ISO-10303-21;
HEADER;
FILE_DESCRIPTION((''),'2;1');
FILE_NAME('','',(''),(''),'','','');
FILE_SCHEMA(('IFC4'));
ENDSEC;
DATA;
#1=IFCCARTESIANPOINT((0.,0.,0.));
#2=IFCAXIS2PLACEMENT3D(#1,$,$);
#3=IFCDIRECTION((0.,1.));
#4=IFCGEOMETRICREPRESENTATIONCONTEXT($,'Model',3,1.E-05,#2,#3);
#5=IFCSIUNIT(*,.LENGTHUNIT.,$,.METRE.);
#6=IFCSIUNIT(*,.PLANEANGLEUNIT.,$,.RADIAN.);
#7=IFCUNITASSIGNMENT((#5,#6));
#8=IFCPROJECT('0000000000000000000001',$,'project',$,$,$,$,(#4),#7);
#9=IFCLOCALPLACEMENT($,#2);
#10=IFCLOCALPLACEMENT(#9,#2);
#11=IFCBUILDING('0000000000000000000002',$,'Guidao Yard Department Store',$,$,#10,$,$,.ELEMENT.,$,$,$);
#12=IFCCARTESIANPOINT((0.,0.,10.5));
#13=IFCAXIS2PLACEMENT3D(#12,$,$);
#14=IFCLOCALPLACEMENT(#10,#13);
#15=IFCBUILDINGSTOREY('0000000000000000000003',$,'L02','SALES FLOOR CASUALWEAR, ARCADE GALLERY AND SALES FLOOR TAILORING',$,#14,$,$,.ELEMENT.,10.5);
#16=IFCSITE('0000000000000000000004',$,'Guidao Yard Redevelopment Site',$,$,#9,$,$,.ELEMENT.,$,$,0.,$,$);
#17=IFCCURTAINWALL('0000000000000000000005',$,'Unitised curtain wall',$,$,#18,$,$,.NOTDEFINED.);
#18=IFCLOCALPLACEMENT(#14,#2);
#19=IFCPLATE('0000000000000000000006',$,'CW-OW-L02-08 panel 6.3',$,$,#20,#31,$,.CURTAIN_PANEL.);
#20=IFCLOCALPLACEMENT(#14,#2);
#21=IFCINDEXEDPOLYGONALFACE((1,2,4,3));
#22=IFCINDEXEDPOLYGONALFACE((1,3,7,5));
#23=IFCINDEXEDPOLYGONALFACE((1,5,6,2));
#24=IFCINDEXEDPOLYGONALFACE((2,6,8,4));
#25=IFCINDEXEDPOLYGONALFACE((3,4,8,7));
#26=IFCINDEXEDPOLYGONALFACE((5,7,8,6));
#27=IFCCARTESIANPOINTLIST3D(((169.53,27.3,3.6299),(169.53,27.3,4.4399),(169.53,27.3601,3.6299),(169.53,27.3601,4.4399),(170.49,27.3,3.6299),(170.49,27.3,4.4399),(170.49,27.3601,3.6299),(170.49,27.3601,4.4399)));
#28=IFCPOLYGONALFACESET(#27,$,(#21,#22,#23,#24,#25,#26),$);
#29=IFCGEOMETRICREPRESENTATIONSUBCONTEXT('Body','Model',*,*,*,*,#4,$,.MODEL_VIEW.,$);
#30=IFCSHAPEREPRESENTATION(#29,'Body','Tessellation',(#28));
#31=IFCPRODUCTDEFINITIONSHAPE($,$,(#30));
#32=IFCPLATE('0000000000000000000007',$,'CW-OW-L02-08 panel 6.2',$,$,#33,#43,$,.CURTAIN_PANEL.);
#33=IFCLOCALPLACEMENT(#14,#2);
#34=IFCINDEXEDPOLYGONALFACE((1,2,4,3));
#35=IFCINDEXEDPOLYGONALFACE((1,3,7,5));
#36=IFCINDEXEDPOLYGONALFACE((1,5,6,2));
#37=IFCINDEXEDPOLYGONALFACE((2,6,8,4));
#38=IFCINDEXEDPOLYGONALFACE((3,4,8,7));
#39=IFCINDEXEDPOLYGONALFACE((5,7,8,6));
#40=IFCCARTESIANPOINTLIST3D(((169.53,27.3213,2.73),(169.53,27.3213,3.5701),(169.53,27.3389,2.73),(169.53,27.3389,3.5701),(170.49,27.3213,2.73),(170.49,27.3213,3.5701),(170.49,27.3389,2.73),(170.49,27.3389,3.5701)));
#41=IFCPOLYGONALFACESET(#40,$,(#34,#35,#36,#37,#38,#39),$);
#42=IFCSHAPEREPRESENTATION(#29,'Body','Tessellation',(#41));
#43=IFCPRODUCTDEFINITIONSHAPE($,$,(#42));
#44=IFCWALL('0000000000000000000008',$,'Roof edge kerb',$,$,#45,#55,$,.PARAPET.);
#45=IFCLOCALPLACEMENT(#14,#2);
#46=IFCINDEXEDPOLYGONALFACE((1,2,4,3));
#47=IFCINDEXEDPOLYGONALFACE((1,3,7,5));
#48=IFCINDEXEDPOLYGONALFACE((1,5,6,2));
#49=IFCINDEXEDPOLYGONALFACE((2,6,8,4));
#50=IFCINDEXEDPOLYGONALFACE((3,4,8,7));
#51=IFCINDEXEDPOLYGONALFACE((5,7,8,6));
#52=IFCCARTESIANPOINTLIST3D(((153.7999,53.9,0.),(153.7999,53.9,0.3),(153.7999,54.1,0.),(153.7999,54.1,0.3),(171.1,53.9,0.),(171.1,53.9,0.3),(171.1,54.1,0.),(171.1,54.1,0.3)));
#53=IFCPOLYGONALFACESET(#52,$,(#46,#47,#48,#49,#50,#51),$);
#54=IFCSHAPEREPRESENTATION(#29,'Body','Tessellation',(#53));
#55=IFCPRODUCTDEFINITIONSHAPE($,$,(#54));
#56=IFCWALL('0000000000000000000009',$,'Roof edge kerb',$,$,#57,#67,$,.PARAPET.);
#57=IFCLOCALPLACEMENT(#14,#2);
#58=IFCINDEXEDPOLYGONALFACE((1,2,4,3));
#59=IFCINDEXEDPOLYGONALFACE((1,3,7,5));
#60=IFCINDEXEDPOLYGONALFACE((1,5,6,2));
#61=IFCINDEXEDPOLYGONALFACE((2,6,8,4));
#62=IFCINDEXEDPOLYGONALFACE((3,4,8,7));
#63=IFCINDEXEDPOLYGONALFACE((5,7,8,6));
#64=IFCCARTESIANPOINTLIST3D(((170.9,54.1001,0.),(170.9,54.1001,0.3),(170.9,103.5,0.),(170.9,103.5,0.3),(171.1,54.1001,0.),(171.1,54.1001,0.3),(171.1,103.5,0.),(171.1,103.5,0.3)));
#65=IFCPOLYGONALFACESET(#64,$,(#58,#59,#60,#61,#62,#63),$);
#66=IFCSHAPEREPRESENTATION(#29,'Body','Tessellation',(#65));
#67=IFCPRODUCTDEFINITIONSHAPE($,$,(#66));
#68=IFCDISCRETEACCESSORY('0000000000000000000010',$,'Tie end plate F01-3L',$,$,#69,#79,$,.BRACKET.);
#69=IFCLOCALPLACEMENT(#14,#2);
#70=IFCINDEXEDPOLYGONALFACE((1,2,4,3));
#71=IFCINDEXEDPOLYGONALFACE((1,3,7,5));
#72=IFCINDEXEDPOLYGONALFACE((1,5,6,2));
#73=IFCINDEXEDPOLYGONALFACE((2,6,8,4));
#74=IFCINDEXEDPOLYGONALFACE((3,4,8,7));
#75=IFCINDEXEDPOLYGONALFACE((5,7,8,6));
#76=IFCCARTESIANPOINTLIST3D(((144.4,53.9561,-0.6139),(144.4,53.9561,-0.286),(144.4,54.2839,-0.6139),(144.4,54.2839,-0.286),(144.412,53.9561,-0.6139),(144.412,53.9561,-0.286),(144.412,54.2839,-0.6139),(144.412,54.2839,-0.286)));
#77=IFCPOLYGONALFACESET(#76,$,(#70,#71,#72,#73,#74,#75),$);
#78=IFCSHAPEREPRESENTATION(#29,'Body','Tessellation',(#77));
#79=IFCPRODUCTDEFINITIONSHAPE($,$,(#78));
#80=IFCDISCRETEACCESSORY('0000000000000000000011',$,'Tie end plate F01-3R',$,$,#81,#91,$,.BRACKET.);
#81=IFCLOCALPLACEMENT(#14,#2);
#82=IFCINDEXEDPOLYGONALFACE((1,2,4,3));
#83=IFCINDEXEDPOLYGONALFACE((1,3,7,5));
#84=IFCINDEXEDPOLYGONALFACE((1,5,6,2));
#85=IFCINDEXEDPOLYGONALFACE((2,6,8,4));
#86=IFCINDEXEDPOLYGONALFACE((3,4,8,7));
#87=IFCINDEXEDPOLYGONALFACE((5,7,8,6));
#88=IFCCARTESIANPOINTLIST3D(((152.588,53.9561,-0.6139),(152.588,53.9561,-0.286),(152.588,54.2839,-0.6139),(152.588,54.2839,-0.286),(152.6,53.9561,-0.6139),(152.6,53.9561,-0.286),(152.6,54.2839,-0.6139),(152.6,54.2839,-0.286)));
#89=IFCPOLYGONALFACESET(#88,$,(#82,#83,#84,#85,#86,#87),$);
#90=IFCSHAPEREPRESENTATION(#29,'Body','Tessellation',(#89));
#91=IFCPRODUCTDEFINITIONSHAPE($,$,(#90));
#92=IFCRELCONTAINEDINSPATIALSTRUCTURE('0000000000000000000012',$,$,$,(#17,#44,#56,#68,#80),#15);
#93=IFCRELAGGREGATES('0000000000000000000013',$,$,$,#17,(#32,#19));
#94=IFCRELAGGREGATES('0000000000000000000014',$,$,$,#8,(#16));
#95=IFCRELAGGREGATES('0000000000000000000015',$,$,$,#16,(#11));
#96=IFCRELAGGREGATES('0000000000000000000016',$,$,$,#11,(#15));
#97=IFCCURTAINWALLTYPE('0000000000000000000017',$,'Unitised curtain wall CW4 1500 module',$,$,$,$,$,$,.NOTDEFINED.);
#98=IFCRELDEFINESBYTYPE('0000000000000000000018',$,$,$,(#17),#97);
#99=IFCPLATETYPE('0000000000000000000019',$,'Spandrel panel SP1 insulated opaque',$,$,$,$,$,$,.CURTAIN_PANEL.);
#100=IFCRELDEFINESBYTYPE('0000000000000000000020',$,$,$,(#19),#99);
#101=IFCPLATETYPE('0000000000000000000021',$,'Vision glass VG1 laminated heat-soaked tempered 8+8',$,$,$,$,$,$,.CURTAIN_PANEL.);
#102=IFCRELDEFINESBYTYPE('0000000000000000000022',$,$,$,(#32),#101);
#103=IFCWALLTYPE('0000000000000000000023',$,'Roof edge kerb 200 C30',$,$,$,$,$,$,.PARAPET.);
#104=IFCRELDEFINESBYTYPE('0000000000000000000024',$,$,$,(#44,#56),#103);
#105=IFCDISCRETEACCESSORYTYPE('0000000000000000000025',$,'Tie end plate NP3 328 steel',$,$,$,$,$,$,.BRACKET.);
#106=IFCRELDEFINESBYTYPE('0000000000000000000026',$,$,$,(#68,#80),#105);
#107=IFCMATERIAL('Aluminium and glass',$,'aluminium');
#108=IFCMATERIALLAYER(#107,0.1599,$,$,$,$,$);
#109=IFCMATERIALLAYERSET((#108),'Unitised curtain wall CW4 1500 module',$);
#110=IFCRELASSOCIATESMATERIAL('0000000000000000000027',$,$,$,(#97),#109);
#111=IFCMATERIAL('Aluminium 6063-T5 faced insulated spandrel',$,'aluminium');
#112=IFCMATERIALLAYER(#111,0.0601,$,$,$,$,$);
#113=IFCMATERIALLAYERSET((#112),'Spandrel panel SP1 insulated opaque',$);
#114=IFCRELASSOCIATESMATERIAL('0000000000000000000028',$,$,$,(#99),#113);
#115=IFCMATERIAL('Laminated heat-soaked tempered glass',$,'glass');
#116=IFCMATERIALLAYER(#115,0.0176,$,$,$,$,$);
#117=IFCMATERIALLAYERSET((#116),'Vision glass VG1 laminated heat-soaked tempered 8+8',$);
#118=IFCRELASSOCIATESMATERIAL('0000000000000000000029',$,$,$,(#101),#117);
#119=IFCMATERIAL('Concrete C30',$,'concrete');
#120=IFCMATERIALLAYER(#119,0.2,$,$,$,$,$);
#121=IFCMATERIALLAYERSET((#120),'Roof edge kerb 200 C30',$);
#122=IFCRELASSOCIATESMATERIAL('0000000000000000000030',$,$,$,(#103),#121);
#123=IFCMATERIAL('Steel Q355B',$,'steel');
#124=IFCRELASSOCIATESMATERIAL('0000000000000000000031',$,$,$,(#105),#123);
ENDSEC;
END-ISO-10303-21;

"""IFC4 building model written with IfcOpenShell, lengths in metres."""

from ifc_helpers import new_model, si_unit, direction, frame, frame_2d, origin, origin_2d, place, context, subcontext, project, spatial, rectangle, extrude, material, layer, layer_set, material_profile, profile_set, type_object, element, aggregate, save


model = new_model("IFC4")

# Units and contexts
model_context = context("Model", 3, precision=1e-05, world=origin(), true_north=direction((0.0, 1.0)))
body_context = subcontext(model_context, "Body", "Model", "MODEL_VIEW")
ifc_project = project(units=[si_unit("LENGTHUNIT", "METRE"), si_unit("PLANEANGLEUNIT", "RADIAN")], contexts=[model_context])

# Site, building, storey
site_placement = place(None, origin())
site = spatial("IfcSite", under=ifc_project, at=site_placement, Name="Guidao Yard Redevelopment Site", CompositionType="ELEMENT", RefElevation=0.0)
building_placement = place(site_placement, origin())
building = spatial("IfcBuilding", under=site, at=building_placement, Name="Guidao Yard Department Store", CompositionType="ELEMENT")
storey_placement = place(building_placement, frame((0.0, 0.0, 10.5)))
storey = spatial("IfcBuildingStorey", under=building, at=storey_placement, Name="L02", Description="SALES FLOOR CASUALWEAR, ARCADE GALLERY AND SALES FLOOR TAILORING", CompositionType="ELEMENT", Elevation=10.5)

# Curtain wall
ifc_material_1 = material(Name="Aluminium and glass", Category="aluminium")
ifc_layer_1 = layer(ifc_material_1, 0.1599)
ifc_layer_set_1 = layer_set([ifc_layer_1], Name="Unitised curtain wall CW4 1500 module")
curtain_wall_type_1 = type_object("IfcCurtainWallType", Name="Unitised curtain wall CW4 1500 module", PredefinedType="NOTDEFINED", material=ifc_layer_set_1)
curtain_wall_1_placement = place(storey_placement, origin())
curtain_wall_1 = element("IfcCurtainWall", 1, at=curtain_wall_1_placement, inside=storey, type_object=curtain_wall_type_1, Name="Unitised curtain wall", PredefinedType="NOTDEFINED")

# Plates
ifc_material_2 = material(Name="Aluminium 6063-T5 faced insulated spandrel", Category="aluminium")
ifc_layer_2 = layer(ifc_material_2, 0.0601)
ifc_layer_set_2 = layer_set([ifc_layer_2], Name="Spandrel panel SP1 insulated opaque")
plate_type_1 = type_object("IfcPlateType", Name="Spandrel panel SP1 insulated opaque", PredefinedType="CURTAIN_PANEL", material=ifc_layer_set_2)
plate_1_placement = place(storey_placement, frame((170.01, 27.3301, 3.6299), z_axis=(0.0, 0.0, 1.0), x_axis=(1.0, 0.0, 0.0)))
plate_1 = element("IfcPlate", 2, at=plate_1_placement, type_object=plate_type_1, Name="CW-OW-L02-08 panel 6.3", PredefinedType="CURTAIN_PANEL", context=body_context, shape_type="SweptSolid", body=[
    extrude(rectangle(XDim=0.96, YDim=0.0601, at=origin_2d()), origin(), (0.0, 0.0, 1.0), 0.8101),
])
ifc_material_3 = material(Name="Laminated heat-soaked tempered glass", Category="glass")
ifc_layer_3 = layer(ifc_material_3, 0.0176)
ifc_layer_set_3 = layer_set([ifc_layer_3], Name="Vision glass VG1 laminated heat-soaked tempered 8+8")
plate_type_2 = type_object("IfcPlateType", Name="Vision glass VG1 laminated heat-soaked tempered 8+8", PredefinedType="CURTAIN_PANEL", material=ifc_layer_set_3)
plate_2_placement = place(storey_placement, frame((170.01, 27.3301, 2.73), z_axis=(0.0, 0.0, 1.0), x_axis=(1.0, 0.0, 0.0)))
plate_2 = element("IfcPlate", 3, at=plate_2_placement, type_object=plate_type_2, Name="CW-OW-L02-08 panel 6.2", PredefinedType="CURTAIN_PANEL", context=body_context, shape_type="SweptSolid", body=[
    extrude(rectangle(XDim=0.96, YDim=0.0176, at=origin_2d()), origin(), (0.0, 0.0, 1.0), 0.8401),
])
aggregate(curtain_wall_1, [plate_2, plate_1])

# Walls
ifc_material_4 = material(Name="Concrete C30", Category="concrete")
ifc_layer_4 = layer(ifc_material_4, 0.2)
ifc_layer_set_4 = layer_set([ifc_layer_4], Name="Roof edge kerb 200 C30")
wall_type = type_object("IfcWallType", Name="Roof edge kerb 200 C30", PredefinedType="PARAPET", material=ifc_layer_set_4)
wall_1_placement = place(storey_placement, frame((153.8, 54.0, 0.0), z_axis=(0.0, 0.0, 1.0), x_axis=(1.0, 0.0, 0.0)))
element("IfcWall", 4, at=wall_1_placement, inside=storey, type_object=wall_type, Name="Roof edge kerb", PredefinedType="PARAPET", context=body_context, shape_type="SweptSolid", body=[
    extrude(rectangle(XDim=17.3, YDim=0.2, at=frame_2d((8.6499, 0.0))), origin(), (0.0, 0.0, 1.0), 0.3),
])
wall_2_placement = place(storey_placement, frame((171.0, 54.1001, 0.0), z_axis=(0.0, 0.0, 1.0), x_axis=(0.0, 1.0, 0.0)))
element("IfcWall", 5, at=wall_2_placement, inside=storey, type_object=wall_type, Name="Roof edge kerb", PredefinedType="PARAPET", context=body_context, shape_type="SweptSolid", body=[
    extrude(rectangle(XDim=49.3999, YDim=0.2, at=frame_2d((24.7, 0.0))), origin(), (0.0, 0.0, 1.0), 0.3),
])

# Discrete accessories
ifc_material_5 = material(Name="Steel Q355B", Category="steel")
ifc_material_profile_1 = material_profile(ifc_material_5, rectangle(XDim=0.3279, YDim=0.012, at=origin_2d()), Name="Node plate 328x12")
ifc_profile_set_1 = profile_set([ifc_material_profile_1], Name="Steel Q355B")
discrete_accessory_type = type_object("IfcDiscreteAccessoryType", Name="Tie end plate NP3 328 steel", PredefinedType="BRACKET", material=ifc_profile_set_1)
for number, where, z_axis, x_axis, name in (
    (6, (144.406, 53.9561, -0.45), (0.0, 1.0, 0.0), (0.0, 0.0, 1.0), "Tie end plate F01-3L"),
    (7, (152.594, 53.9561, -0.45), (0.0, 1.0, 0.0), (0.0, 0.0, 1.0), "Tie end plate F01-3R"),
):
    element("IfcDiscreteAccessory", number, at=place(storey_placement, frame(where, z_axis=z_axis, x_axis=x_axis)), inside=storey, type_object=discrete_accessory_type, Name=name, PredefinedType="BRACKET", context=body_context, shape_type="SweptSolid", body=[
        extrude(rectangle(XDim=0.3279, YDim=0.012, at=origin_2d()), origin(), (0.0, 0.0, 1.0), 0.3279),
    ])

save(model, "model.ifc")
